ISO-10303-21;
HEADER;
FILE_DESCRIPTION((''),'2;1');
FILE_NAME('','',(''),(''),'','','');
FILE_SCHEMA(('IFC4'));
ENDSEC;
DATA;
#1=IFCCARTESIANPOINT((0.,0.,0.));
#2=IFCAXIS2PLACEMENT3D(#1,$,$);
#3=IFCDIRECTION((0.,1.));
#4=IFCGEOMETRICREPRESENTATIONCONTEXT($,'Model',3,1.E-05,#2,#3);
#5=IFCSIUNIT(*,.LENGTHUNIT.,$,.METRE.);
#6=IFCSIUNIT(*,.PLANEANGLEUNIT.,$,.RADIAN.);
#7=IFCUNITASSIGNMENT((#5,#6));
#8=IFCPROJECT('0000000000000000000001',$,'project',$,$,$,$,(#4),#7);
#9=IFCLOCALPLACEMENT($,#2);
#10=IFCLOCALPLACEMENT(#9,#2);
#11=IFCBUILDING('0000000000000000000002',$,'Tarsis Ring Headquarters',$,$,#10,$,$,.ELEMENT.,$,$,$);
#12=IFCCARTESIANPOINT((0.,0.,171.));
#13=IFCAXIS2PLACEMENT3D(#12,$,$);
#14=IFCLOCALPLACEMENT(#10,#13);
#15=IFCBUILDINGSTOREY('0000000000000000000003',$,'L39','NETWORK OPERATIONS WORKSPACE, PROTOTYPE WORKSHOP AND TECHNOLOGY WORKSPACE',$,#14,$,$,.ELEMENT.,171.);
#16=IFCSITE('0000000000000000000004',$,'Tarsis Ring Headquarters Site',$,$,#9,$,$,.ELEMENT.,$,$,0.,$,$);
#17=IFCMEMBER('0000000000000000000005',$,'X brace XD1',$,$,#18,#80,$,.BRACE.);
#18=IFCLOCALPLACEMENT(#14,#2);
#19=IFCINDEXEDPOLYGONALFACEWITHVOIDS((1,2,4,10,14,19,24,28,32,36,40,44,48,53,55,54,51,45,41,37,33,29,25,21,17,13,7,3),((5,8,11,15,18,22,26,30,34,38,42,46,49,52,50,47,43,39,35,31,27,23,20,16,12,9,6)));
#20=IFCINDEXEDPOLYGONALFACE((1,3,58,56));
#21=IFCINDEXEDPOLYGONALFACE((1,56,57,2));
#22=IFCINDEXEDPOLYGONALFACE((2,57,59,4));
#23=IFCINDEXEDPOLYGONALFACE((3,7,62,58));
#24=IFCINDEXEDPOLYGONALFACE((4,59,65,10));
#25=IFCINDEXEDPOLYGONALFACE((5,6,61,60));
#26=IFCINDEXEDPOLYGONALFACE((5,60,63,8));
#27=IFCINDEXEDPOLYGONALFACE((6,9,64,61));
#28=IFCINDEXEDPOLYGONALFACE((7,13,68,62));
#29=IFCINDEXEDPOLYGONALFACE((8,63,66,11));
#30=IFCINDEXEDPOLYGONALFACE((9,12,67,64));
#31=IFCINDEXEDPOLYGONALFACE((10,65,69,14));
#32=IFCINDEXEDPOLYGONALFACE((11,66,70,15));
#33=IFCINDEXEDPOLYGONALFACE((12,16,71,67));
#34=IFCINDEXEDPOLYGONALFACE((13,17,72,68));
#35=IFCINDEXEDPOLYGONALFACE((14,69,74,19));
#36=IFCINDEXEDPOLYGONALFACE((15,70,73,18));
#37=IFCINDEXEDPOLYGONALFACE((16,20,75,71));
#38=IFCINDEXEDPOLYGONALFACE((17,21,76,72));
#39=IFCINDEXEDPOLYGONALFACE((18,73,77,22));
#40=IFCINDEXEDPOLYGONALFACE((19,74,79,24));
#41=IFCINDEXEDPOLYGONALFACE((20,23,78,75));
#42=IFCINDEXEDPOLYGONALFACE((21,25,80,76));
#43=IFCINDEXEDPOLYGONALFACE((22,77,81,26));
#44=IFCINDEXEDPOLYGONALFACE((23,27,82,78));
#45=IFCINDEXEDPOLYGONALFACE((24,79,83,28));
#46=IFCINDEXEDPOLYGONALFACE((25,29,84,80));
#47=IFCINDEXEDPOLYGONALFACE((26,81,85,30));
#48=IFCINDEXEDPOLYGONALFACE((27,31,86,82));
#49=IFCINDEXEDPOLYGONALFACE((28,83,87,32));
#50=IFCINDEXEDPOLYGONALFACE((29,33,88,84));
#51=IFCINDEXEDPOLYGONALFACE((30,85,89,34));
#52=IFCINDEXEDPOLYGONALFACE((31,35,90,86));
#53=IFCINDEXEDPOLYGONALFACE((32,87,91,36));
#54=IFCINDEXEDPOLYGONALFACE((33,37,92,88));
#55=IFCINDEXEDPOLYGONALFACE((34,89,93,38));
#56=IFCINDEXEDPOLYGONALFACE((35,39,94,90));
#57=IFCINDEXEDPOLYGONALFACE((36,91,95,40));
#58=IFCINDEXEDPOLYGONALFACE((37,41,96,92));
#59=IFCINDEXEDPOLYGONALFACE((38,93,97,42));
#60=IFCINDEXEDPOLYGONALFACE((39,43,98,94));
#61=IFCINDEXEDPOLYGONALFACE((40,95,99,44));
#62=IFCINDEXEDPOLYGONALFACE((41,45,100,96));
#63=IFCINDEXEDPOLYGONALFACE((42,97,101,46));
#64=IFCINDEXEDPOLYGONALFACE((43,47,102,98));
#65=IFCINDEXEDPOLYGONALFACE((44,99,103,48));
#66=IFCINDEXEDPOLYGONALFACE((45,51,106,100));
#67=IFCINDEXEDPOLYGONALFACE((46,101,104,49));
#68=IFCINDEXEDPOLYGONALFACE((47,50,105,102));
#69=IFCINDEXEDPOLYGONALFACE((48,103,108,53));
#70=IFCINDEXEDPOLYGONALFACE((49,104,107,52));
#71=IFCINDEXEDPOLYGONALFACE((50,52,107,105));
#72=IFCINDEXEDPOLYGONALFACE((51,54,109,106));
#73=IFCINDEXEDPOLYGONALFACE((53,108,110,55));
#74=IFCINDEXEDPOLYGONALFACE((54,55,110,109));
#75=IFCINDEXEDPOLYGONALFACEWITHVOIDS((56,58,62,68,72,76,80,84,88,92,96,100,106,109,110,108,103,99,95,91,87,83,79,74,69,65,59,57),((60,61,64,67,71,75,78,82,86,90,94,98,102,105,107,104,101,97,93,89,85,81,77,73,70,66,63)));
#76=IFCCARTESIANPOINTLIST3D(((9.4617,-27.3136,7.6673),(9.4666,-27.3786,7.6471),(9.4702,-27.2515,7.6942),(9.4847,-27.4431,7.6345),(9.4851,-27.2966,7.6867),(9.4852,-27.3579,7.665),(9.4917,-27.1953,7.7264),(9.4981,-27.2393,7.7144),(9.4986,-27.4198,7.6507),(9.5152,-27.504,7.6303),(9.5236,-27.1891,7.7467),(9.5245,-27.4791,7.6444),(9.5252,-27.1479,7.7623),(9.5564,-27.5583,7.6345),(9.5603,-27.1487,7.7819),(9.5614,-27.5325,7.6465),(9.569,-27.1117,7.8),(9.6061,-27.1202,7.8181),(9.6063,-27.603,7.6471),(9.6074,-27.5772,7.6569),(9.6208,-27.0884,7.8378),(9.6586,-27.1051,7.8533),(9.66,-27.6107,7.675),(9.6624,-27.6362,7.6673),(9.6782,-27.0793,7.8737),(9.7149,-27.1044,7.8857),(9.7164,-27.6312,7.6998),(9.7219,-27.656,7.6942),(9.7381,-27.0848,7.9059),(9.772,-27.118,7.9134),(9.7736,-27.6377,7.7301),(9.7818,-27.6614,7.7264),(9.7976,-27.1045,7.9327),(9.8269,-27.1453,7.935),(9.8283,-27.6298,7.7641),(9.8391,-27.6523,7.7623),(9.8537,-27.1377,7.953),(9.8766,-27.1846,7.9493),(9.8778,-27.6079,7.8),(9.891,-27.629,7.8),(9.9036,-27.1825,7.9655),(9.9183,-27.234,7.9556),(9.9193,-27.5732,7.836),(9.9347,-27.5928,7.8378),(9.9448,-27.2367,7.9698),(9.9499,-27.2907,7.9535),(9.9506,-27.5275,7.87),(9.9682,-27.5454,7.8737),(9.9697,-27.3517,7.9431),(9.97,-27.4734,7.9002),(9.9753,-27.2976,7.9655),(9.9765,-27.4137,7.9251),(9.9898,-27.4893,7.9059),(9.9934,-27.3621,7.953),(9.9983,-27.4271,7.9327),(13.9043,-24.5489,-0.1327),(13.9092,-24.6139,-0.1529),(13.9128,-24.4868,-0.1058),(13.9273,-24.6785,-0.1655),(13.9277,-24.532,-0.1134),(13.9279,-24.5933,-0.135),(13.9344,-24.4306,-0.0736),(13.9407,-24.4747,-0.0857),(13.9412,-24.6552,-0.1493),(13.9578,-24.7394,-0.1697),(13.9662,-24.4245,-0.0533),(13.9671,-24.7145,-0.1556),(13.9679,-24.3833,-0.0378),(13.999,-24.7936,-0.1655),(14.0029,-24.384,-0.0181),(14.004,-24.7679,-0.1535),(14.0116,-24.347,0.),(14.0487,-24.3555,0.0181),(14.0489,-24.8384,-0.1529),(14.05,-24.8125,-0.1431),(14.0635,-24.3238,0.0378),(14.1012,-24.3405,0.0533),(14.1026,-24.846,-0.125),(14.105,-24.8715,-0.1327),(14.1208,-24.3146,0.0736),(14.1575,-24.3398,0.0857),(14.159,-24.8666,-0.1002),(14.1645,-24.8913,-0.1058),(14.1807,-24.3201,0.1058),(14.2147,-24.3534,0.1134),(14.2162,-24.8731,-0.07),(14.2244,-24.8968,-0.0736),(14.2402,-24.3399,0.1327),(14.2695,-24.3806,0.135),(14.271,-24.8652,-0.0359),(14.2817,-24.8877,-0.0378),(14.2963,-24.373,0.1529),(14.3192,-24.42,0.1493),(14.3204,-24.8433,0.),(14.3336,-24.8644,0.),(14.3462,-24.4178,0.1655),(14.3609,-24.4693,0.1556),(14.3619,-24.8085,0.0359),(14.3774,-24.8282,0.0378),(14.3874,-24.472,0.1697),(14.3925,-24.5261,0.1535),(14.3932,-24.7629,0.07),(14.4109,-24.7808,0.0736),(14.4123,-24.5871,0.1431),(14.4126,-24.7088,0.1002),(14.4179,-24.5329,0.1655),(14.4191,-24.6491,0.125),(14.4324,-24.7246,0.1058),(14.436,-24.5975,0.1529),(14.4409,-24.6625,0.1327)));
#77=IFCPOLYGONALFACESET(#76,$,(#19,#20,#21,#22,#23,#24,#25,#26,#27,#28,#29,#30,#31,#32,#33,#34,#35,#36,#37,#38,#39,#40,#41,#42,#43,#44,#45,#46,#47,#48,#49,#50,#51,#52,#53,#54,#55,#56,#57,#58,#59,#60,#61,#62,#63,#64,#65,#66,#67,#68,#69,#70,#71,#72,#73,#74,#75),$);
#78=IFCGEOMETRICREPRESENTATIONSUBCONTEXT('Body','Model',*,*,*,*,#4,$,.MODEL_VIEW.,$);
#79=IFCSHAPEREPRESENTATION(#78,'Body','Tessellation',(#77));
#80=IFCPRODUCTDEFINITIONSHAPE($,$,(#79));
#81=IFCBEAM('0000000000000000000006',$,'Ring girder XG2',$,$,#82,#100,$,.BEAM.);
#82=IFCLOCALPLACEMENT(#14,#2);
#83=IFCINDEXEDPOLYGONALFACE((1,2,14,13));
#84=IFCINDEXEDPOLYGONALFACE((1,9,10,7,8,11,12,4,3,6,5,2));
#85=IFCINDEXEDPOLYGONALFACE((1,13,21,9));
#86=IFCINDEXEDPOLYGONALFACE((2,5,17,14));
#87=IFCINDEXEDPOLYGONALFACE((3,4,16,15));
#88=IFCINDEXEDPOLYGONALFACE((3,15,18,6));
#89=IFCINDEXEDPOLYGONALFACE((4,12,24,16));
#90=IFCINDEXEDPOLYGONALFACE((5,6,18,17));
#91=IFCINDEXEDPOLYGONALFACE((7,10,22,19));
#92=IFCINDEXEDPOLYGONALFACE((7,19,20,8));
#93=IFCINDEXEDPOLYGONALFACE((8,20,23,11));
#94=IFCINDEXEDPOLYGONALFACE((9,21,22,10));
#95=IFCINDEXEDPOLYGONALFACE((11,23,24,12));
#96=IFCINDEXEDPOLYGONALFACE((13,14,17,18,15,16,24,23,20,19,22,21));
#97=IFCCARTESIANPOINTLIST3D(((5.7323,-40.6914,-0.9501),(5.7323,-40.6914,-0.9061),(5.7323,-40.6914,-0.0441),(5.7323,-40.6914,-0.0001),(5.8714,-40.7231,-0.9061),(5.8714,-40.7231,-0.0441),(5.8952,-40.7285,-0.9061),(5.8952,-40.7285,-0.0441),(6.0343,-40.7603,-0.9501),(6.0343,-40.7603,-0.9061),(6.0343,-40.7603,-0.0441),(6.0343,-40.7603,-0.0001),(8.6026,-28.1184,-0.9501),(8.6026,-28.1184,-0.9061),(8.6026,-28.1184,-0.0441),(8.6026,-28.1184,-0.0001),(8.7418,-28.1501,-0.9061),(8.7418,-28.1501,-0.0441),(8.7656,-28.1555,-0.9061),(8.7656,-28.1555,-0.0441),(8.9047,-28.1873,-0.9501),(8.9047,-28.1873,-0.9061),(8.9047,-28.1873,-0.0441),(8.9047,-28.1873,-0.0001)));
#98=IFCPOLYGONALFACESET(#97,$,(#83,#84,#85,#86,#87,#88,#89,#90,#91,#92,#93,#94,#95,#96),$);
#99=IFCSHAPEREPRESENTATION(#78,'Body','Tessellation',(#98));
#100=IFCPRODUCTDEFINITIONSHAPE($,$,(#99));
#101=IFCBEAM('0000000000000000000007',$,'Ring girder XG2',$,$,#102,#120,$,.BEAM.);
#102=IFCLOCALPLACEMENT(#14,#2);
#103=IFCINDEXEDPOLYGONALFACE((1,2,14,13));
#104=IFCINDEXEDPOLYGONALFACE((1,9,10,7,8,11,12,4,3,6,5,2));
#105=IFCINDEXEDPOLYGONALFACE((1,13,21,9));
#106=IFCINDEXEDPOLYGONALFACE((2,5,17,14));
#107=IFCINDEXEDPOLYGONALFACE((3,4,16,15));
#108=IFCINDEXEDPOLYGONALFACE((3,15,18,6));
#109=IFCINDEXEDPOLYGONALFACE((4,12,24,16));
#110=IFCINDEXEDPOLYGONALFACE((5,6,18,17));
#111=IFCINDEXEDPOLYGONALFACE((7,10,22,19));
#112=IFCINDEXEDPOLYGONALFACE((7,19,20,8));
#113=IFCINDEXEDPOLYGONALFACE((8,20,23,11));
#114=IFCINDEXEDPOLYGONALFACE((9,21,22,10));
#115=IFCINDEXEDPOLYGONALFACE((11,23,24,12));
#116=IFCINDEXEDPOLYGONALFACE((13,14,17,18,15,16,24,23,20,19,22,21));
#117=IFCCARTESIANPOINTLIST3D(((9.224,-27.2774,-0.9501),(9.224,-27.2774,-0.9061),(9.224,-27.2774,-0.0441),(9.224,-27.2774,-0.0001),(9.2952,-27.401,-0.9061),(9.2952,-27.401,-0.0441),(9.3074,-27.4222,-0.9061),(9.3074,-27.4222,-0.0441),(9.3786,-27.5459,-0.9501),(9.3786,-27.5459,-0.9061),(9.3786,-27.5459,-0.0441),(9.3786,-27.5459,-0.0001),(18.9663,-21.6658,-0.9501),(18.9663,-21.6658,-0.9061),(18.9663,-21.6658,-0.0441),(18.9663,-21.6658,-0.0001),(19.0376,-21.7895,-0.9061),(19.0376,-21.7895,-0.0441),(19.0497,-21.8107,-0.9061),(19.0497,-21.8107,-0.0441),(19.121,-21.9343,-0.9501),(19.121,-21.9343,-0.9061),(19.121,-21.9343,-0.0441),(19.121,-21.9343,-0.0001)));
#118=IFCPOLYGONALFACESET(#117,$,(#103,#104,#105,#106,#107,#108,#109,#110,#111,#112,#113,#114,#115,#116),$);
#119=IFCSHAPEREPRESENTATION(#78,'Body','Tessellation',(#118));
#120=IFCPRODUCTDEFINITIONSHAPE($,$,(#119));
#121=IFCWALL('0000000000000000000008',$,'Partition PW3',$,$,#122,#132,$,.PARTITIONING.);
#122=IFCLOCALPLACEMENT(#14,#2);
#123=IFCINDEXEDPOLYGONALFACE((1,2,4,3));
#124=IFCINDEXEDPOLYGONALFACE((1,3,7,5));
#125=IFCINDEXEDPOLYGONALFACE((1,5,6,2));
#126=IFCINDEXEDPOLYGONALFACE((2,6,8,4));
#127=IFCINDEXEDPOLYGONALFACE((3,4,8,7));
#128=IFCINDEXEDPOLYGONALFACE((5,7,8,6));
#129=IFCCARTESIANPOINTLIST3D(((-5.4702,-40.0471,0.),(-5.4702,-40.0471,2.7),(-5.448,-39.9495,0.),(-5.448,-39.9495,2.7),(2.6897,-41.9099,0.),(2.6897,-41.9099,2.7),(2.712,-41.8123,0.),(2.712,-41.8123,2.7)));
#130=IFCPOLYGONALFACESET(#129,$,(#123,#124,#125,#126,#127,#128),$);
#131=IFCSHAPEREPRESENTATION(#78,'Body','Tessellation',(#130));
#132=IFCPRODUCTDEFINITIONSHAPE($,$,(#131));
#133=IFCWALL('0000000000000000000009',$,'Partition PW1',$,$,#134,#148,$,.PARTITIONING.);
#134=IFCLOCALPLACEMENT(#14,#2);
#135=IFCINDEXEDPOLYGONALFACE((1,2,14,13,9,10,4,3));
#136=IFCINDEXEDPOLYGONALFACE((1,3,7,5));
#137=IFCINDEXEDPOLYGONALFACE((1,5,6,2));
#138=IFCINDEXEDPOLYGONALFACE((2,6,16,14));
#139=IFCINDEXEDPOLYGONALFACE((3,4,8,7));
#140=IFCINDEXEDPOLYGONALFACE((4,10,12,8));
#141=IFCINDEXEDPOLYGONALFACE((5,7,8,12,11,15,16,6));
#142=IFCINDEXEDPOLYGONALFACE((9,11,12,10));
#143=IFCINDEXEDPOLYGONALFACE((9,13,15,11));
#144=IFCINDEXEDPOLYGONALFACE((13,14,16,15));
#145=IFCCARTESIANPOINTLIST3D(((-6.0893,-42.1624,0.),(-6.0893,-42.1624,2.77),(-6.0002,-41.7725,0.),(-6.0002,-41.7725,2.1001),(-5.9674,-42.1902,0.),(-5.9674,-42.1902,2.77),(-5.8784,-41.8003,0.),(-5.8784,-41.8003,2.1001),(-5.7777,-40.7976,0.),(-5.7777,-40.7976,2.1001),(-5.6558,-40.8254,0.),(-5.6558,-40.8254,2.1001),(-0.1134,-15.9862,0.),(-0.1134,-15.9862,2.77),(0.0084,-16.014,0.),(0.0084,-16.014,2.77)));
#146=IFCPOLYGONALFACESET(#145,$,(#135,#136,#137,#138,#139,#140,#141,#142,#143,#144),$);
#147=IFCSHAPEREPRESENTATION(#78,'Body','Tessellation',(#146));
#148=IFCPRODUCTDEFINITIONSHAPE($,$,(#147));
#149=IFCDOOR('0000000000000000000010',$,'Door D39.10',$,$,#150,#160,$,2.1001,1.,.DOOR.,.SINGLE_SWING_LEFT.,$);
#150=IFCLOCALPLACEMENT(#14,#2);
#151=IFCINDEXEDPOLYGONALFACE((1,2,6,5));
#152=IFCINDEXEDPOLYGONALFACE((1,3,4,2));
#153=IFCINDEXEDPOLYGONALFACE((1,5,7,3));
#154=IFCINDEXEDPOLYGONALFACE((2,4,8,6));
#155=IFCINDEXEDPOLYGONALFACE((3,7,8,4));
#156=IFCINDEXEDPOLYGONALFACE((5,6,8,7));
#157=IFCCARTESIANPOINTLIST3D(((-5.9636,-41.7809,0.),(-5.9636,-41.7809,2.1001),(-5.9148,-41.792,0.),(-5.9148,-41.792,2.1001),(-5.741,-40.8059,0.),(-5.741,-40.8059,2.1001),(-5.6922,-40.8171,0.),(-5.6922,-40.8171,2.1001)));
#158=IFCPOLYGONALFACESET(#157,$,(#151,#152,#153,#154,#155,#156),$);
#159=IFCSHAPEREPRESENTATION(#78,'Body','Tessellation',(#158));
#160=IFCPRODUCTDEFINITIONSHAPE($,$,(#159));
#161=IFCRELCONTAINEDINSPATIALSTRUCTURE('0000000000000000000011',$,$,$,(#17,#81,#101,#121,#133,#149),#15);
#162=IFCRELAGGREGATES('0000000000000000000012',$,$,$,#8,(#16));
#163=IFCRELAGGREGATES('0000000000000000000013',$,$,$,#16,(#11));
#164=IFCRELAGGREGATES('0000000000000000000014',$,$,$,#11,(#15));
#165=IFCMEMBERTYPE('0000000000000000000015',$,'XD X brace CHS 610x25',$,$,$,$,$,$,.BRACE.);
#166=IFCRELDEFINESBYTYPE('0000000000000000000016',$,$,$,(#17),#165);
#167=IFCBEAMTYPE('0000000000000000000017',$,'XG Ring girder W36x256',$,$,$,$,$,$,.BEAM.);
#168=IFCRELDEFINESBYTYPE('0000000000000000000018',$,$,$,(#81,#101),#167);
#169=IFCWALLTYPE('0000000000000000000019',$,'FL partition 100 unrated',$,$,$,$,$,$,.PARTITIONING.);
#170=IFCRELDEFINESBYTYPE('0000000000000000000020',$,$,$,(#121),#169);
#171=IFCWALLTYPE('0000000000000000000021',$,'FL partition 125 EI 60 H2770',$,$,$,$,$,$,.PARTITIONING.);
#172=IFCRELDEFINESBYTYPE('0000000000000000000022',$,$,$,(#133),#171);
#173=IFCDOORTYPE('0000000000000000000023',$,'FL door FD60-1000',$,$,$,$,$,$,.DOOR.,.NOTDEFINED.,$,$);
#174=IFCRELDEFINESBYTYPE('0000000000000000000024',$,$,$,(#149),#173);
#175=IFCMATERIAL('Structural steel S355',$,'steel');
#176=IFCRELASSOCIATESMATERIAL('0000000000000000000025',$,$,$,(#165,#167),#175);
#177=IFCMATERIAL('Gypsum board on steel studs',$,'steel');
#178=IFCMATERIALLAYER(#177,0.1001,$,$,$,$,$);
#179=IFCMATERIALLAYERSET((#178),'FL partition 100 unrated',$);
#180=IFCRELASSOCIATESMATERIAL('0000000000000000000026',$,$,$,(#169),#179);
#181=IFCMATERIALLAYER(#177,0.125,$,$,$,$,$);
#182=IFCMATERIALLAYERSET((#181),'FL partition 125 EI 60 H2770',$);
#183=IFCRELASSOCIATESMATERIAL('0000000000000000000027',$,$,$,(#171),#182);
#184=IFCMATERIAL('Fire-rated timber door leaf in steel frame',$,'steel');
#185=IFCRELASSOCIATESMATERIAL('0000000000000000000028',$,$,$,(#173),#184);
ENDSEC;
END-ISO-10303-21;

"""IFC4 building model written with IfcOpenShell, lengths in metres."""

from ifc_helpers import new_model, si_unit, direction, frame, frame_2d, origin, origin_2d, place, context, subcontext, project, spatial, rectangle, hollow_circle, i_section, extrude, material, layer, layer_set, material_profile, profile_set, type_object, element, fill, save


model = new_model("IFC4")

# Units and contexts
model_context = context("Model", 3, precision=1e-05, world=origin(), true_north=direction((0.0, 1.0)))
body_context = subcontext(model_context, "Body", "Model", "MODEL_VIEW")
ifc_project = project(units=[si_unit("LENGTHUNIT", "METRE"), si_unit("PLANEANGLEUNIT", "RADIAN")], contexts=[model_context])

# Site, building, storey
site_placement = place(None, origin())
site = spatial("IfcSite", under=ifc_project, at=site_placement, Name="Tarsis Ring Headquarters Site", CompositionType="ELEMENT", RefElevation=0.0)
building_placement = place(site_placement, origin())
building = spatial("IfcBuilding", under=site, at=building_placement, Name="Tarsis Ring Headquarters", CompositionType="ELEMENT")
storey_placement = place(building_placement, frame((0.0, 0.0, 171.0)))
storey = spatial("IfcBuildingStorey", under=building, at=storey_placement, Name="L39", Description="NETWORK OPERATIONS WORKSPACE, PROTOTYPE WORKSHOP AND TECHNOLOGY WORKSPACE", CompositionType="ELEMENT", Elevation=171.0)

# Shared definitions
ifc_material_1 = material(Name="Structural steel S355", Category="steel")

# Member
ifc_material_profile_1 = material_profile(ifc_material_1, hollow_circle(Radius=0.3047, WallThickness=0.0249, at=origin_2d()), Name="CHS 610x25")
ifc_profile_set_1 = profile_set([ifc_material_profile_1], Name="Structural steel S355")
member_type = type_object("IfcMemberType", Name="XD X brace CHS 610x25", PredefinedType="BRACE", material=ifc_profile_set_1)
member_1_placement = place(storey_placement, frame((14.1726, -24.6057, 0.0), z_axis=(-0.472992, -0.294343, 0.830446), x_axis=(0.52835, -0.849027, 0.0)))
element("IfcMember", 1, at=member_1_placement, inside=storey, type_object=member_type, Name="X brace XD1", PredefinedType="BRACE", context=body_context, shape_type="SweptSolid", body=[
    extrude(hollow_circle(Radius=0.3047, WallThickness=0.0249, at=origin_2d()), origin(), (0.0, 0.0, 1.0), 9.3926),
])

# Beams
ifc_material_profile_2 = material_profile(ifc_material_1, i_section(OverallWidth=0.3098, OverallDepth=0.95, WebThickness=0.0244, FlangeThickness=0.0439, at=origin_2d()), Name="W36x256")
ifc_profile_set_2 = profile_set([ifc_material_profile_2], Name="Structural steel S355")
beam_type = type_object("IfcBeamType", Name="XG Ring girder W36x256", PredefinedType="BEAM", material=ifc_profile_set_2)
beam_1_placement = place(storey_placement, frame((5.8833, -40.7258, -0.4751), z_axis=(0.222569, 0.974917, 0.0), x_axis=(-0.974917, 0.222569, 0.0)))
element("IfcBeam", 2, at=beam_1_placement, inside=storey, type_object=beam_type, Name="Ring girder XG2", PredefinedType="BEAM", context=body_context, shape_type="SweptSolid", body=[
    extrude(i_section(OverallWidth=0.3098, OverallDepth=0.95, WebThickness=0.0244, FlangeThickness=0.0439, at=origin_2d()), origin(), (0.0, 0.0, 1.0), 12.8965),
])
beam_2_placement = place(storey_placement, frame((9.3013, -27.4116, -0.4751), z_axis=(0.866534, 0.499118, 0.0), x_axis=(-0.499118, 0.866534, 0.0)))
element("IfcBeam", 3, at=beam_2_placement, inside=storey, type_object=beam_type, Name="Ring girder XG2", PredefinedType="BEAM", context=body_context, shape_type="SweptSolid", body=[
    extrude(i_section(OverallWidth=0.3098, OverallDepth=0.95, WebThickness=0.0244, FlangeThickness=0.0439, at=origin_2d()), origin(), (0.0, 0.0, 1.0), 11.2429),
])

# Wall
ifc_material_2 = material(Name="Gypsum board on steel studs", Category="steel")
ifc_layer_1 = layer(ifc_material_2, 0.1001)
ifc_layer_set_1 = layer_set([ifc_layer_1], Name="FL partition 100 unrated")
wall_type_1 = type_object("IfcWallType", Name="FL partition 100 unrated", PredefinedType="PARTITIONING", material=ifc_layer_set_1)
wall_1_placement = place(storey_placement, frame((-5.4592, -39.9983, 0.0), z_axis=(0.0, 0.0, 1.0), x_axis=(0.974919, -0.22256, 0.0)))
element("IfcWall", 4, at=wall_1_placement, inside=storey, type_object=wall_type_1, Name="Partition PW3", PredefinedType="PARTITIONING", context=body_context, shape_type="SweptSolid", body=[
    extrude(rectangle(XDim=8.3699, YDim=0.1001, at=frame_2d((4.1851, 0.0))), origin(), (0.0, 0.0, 1.0), 2.7),
])

# Wall, opening, door
ifc_layer_2 = layer(ifc_material_2, 0.125)
ifc_layer_set_2 = layer_set([ifc_layer_2], Name="FL partition 125 EI 60 H2770")
wall_type_2 = type_object("IfcWallType", Name="FL partition 125 EI 60 H2770", PredefinedType="PARTITIONING", material=ifc_layer_set_2)
wall_2_placement = place(storey_placement, frame((-6.0283, -42.1763, 0.0), z_axis=(0.0, 0.0, 1.0), x_axis=(0.222566, 0.974918, 0.0)))
wall_2 = element("IfcWall", 5, at=wall_2_placement, inside=storey, type_object=wall_type_2, Name="Partition PW1", PredefinedType="PARTITIONING", context=body_context, shape_type="SweptSolid", body=[
    extrude(rectangle(XDim=26.8496, YDim=0.125, at=frame_2d((13.4248, 0.0))), origin(), (0.0, 0.0, 1.0), 2.77),
])
opening_1_placement = place(wall_2_placement, frame((0.3999, 0.0, 0.0)))
opening_1 = element("IfcOpeningElement", 6, at=opening_1_placement, cuts=wall_2, PredefinedType="OPENING", context=body_context, shape_type="SweptSolid", body=[
    extrude(rectangle(XDim=1.0, YDim=2.1001, at=frame_2d((0.5, 1.05))), frame((0.0, 0.0725, 0.0), z_axis=(0.0, -1.0, 0.0), x_axis=(1.0, 0.0, 0.0)), (0.0, 0.0, 1.0), 0.145),
])
ifc_material_3 = material(Name="Fire-rated timber door leaf in steel frame", Category="steel")
door_type = type_object("IfcDoorType", Name="FL door FD60-1000", OperationType="NOTDEFINED", PredefinedType="DOOR", material=ifc_material_3)
door_placement = place(opening_1_placement, origin())
door = element("IfcDoor", 7, at=door_placement, inside=storey, type_object=door_type, Name="Door D39.10", OperationType="SINGLE_SWING_LEFT", OverallHeight=2.1001, OverallWidth=1.0, PredefinedType="DOOR", context=body_context, shape_type="SweptSolid", body=[
    extrude(rectangle(XDim=1.0, YDim=2.1001, at=frame_2d((0.5, 1.05))), frame((0.0, 0.0249, 0.0), z_axis=(0.0, -1.0, 0.0), x_axis=(1.0, 0.0, 0.0)), (0.0, 0.0, 1.0), 0.05),
])
fill(opening_1, door)

save(model, "model.ifc")
